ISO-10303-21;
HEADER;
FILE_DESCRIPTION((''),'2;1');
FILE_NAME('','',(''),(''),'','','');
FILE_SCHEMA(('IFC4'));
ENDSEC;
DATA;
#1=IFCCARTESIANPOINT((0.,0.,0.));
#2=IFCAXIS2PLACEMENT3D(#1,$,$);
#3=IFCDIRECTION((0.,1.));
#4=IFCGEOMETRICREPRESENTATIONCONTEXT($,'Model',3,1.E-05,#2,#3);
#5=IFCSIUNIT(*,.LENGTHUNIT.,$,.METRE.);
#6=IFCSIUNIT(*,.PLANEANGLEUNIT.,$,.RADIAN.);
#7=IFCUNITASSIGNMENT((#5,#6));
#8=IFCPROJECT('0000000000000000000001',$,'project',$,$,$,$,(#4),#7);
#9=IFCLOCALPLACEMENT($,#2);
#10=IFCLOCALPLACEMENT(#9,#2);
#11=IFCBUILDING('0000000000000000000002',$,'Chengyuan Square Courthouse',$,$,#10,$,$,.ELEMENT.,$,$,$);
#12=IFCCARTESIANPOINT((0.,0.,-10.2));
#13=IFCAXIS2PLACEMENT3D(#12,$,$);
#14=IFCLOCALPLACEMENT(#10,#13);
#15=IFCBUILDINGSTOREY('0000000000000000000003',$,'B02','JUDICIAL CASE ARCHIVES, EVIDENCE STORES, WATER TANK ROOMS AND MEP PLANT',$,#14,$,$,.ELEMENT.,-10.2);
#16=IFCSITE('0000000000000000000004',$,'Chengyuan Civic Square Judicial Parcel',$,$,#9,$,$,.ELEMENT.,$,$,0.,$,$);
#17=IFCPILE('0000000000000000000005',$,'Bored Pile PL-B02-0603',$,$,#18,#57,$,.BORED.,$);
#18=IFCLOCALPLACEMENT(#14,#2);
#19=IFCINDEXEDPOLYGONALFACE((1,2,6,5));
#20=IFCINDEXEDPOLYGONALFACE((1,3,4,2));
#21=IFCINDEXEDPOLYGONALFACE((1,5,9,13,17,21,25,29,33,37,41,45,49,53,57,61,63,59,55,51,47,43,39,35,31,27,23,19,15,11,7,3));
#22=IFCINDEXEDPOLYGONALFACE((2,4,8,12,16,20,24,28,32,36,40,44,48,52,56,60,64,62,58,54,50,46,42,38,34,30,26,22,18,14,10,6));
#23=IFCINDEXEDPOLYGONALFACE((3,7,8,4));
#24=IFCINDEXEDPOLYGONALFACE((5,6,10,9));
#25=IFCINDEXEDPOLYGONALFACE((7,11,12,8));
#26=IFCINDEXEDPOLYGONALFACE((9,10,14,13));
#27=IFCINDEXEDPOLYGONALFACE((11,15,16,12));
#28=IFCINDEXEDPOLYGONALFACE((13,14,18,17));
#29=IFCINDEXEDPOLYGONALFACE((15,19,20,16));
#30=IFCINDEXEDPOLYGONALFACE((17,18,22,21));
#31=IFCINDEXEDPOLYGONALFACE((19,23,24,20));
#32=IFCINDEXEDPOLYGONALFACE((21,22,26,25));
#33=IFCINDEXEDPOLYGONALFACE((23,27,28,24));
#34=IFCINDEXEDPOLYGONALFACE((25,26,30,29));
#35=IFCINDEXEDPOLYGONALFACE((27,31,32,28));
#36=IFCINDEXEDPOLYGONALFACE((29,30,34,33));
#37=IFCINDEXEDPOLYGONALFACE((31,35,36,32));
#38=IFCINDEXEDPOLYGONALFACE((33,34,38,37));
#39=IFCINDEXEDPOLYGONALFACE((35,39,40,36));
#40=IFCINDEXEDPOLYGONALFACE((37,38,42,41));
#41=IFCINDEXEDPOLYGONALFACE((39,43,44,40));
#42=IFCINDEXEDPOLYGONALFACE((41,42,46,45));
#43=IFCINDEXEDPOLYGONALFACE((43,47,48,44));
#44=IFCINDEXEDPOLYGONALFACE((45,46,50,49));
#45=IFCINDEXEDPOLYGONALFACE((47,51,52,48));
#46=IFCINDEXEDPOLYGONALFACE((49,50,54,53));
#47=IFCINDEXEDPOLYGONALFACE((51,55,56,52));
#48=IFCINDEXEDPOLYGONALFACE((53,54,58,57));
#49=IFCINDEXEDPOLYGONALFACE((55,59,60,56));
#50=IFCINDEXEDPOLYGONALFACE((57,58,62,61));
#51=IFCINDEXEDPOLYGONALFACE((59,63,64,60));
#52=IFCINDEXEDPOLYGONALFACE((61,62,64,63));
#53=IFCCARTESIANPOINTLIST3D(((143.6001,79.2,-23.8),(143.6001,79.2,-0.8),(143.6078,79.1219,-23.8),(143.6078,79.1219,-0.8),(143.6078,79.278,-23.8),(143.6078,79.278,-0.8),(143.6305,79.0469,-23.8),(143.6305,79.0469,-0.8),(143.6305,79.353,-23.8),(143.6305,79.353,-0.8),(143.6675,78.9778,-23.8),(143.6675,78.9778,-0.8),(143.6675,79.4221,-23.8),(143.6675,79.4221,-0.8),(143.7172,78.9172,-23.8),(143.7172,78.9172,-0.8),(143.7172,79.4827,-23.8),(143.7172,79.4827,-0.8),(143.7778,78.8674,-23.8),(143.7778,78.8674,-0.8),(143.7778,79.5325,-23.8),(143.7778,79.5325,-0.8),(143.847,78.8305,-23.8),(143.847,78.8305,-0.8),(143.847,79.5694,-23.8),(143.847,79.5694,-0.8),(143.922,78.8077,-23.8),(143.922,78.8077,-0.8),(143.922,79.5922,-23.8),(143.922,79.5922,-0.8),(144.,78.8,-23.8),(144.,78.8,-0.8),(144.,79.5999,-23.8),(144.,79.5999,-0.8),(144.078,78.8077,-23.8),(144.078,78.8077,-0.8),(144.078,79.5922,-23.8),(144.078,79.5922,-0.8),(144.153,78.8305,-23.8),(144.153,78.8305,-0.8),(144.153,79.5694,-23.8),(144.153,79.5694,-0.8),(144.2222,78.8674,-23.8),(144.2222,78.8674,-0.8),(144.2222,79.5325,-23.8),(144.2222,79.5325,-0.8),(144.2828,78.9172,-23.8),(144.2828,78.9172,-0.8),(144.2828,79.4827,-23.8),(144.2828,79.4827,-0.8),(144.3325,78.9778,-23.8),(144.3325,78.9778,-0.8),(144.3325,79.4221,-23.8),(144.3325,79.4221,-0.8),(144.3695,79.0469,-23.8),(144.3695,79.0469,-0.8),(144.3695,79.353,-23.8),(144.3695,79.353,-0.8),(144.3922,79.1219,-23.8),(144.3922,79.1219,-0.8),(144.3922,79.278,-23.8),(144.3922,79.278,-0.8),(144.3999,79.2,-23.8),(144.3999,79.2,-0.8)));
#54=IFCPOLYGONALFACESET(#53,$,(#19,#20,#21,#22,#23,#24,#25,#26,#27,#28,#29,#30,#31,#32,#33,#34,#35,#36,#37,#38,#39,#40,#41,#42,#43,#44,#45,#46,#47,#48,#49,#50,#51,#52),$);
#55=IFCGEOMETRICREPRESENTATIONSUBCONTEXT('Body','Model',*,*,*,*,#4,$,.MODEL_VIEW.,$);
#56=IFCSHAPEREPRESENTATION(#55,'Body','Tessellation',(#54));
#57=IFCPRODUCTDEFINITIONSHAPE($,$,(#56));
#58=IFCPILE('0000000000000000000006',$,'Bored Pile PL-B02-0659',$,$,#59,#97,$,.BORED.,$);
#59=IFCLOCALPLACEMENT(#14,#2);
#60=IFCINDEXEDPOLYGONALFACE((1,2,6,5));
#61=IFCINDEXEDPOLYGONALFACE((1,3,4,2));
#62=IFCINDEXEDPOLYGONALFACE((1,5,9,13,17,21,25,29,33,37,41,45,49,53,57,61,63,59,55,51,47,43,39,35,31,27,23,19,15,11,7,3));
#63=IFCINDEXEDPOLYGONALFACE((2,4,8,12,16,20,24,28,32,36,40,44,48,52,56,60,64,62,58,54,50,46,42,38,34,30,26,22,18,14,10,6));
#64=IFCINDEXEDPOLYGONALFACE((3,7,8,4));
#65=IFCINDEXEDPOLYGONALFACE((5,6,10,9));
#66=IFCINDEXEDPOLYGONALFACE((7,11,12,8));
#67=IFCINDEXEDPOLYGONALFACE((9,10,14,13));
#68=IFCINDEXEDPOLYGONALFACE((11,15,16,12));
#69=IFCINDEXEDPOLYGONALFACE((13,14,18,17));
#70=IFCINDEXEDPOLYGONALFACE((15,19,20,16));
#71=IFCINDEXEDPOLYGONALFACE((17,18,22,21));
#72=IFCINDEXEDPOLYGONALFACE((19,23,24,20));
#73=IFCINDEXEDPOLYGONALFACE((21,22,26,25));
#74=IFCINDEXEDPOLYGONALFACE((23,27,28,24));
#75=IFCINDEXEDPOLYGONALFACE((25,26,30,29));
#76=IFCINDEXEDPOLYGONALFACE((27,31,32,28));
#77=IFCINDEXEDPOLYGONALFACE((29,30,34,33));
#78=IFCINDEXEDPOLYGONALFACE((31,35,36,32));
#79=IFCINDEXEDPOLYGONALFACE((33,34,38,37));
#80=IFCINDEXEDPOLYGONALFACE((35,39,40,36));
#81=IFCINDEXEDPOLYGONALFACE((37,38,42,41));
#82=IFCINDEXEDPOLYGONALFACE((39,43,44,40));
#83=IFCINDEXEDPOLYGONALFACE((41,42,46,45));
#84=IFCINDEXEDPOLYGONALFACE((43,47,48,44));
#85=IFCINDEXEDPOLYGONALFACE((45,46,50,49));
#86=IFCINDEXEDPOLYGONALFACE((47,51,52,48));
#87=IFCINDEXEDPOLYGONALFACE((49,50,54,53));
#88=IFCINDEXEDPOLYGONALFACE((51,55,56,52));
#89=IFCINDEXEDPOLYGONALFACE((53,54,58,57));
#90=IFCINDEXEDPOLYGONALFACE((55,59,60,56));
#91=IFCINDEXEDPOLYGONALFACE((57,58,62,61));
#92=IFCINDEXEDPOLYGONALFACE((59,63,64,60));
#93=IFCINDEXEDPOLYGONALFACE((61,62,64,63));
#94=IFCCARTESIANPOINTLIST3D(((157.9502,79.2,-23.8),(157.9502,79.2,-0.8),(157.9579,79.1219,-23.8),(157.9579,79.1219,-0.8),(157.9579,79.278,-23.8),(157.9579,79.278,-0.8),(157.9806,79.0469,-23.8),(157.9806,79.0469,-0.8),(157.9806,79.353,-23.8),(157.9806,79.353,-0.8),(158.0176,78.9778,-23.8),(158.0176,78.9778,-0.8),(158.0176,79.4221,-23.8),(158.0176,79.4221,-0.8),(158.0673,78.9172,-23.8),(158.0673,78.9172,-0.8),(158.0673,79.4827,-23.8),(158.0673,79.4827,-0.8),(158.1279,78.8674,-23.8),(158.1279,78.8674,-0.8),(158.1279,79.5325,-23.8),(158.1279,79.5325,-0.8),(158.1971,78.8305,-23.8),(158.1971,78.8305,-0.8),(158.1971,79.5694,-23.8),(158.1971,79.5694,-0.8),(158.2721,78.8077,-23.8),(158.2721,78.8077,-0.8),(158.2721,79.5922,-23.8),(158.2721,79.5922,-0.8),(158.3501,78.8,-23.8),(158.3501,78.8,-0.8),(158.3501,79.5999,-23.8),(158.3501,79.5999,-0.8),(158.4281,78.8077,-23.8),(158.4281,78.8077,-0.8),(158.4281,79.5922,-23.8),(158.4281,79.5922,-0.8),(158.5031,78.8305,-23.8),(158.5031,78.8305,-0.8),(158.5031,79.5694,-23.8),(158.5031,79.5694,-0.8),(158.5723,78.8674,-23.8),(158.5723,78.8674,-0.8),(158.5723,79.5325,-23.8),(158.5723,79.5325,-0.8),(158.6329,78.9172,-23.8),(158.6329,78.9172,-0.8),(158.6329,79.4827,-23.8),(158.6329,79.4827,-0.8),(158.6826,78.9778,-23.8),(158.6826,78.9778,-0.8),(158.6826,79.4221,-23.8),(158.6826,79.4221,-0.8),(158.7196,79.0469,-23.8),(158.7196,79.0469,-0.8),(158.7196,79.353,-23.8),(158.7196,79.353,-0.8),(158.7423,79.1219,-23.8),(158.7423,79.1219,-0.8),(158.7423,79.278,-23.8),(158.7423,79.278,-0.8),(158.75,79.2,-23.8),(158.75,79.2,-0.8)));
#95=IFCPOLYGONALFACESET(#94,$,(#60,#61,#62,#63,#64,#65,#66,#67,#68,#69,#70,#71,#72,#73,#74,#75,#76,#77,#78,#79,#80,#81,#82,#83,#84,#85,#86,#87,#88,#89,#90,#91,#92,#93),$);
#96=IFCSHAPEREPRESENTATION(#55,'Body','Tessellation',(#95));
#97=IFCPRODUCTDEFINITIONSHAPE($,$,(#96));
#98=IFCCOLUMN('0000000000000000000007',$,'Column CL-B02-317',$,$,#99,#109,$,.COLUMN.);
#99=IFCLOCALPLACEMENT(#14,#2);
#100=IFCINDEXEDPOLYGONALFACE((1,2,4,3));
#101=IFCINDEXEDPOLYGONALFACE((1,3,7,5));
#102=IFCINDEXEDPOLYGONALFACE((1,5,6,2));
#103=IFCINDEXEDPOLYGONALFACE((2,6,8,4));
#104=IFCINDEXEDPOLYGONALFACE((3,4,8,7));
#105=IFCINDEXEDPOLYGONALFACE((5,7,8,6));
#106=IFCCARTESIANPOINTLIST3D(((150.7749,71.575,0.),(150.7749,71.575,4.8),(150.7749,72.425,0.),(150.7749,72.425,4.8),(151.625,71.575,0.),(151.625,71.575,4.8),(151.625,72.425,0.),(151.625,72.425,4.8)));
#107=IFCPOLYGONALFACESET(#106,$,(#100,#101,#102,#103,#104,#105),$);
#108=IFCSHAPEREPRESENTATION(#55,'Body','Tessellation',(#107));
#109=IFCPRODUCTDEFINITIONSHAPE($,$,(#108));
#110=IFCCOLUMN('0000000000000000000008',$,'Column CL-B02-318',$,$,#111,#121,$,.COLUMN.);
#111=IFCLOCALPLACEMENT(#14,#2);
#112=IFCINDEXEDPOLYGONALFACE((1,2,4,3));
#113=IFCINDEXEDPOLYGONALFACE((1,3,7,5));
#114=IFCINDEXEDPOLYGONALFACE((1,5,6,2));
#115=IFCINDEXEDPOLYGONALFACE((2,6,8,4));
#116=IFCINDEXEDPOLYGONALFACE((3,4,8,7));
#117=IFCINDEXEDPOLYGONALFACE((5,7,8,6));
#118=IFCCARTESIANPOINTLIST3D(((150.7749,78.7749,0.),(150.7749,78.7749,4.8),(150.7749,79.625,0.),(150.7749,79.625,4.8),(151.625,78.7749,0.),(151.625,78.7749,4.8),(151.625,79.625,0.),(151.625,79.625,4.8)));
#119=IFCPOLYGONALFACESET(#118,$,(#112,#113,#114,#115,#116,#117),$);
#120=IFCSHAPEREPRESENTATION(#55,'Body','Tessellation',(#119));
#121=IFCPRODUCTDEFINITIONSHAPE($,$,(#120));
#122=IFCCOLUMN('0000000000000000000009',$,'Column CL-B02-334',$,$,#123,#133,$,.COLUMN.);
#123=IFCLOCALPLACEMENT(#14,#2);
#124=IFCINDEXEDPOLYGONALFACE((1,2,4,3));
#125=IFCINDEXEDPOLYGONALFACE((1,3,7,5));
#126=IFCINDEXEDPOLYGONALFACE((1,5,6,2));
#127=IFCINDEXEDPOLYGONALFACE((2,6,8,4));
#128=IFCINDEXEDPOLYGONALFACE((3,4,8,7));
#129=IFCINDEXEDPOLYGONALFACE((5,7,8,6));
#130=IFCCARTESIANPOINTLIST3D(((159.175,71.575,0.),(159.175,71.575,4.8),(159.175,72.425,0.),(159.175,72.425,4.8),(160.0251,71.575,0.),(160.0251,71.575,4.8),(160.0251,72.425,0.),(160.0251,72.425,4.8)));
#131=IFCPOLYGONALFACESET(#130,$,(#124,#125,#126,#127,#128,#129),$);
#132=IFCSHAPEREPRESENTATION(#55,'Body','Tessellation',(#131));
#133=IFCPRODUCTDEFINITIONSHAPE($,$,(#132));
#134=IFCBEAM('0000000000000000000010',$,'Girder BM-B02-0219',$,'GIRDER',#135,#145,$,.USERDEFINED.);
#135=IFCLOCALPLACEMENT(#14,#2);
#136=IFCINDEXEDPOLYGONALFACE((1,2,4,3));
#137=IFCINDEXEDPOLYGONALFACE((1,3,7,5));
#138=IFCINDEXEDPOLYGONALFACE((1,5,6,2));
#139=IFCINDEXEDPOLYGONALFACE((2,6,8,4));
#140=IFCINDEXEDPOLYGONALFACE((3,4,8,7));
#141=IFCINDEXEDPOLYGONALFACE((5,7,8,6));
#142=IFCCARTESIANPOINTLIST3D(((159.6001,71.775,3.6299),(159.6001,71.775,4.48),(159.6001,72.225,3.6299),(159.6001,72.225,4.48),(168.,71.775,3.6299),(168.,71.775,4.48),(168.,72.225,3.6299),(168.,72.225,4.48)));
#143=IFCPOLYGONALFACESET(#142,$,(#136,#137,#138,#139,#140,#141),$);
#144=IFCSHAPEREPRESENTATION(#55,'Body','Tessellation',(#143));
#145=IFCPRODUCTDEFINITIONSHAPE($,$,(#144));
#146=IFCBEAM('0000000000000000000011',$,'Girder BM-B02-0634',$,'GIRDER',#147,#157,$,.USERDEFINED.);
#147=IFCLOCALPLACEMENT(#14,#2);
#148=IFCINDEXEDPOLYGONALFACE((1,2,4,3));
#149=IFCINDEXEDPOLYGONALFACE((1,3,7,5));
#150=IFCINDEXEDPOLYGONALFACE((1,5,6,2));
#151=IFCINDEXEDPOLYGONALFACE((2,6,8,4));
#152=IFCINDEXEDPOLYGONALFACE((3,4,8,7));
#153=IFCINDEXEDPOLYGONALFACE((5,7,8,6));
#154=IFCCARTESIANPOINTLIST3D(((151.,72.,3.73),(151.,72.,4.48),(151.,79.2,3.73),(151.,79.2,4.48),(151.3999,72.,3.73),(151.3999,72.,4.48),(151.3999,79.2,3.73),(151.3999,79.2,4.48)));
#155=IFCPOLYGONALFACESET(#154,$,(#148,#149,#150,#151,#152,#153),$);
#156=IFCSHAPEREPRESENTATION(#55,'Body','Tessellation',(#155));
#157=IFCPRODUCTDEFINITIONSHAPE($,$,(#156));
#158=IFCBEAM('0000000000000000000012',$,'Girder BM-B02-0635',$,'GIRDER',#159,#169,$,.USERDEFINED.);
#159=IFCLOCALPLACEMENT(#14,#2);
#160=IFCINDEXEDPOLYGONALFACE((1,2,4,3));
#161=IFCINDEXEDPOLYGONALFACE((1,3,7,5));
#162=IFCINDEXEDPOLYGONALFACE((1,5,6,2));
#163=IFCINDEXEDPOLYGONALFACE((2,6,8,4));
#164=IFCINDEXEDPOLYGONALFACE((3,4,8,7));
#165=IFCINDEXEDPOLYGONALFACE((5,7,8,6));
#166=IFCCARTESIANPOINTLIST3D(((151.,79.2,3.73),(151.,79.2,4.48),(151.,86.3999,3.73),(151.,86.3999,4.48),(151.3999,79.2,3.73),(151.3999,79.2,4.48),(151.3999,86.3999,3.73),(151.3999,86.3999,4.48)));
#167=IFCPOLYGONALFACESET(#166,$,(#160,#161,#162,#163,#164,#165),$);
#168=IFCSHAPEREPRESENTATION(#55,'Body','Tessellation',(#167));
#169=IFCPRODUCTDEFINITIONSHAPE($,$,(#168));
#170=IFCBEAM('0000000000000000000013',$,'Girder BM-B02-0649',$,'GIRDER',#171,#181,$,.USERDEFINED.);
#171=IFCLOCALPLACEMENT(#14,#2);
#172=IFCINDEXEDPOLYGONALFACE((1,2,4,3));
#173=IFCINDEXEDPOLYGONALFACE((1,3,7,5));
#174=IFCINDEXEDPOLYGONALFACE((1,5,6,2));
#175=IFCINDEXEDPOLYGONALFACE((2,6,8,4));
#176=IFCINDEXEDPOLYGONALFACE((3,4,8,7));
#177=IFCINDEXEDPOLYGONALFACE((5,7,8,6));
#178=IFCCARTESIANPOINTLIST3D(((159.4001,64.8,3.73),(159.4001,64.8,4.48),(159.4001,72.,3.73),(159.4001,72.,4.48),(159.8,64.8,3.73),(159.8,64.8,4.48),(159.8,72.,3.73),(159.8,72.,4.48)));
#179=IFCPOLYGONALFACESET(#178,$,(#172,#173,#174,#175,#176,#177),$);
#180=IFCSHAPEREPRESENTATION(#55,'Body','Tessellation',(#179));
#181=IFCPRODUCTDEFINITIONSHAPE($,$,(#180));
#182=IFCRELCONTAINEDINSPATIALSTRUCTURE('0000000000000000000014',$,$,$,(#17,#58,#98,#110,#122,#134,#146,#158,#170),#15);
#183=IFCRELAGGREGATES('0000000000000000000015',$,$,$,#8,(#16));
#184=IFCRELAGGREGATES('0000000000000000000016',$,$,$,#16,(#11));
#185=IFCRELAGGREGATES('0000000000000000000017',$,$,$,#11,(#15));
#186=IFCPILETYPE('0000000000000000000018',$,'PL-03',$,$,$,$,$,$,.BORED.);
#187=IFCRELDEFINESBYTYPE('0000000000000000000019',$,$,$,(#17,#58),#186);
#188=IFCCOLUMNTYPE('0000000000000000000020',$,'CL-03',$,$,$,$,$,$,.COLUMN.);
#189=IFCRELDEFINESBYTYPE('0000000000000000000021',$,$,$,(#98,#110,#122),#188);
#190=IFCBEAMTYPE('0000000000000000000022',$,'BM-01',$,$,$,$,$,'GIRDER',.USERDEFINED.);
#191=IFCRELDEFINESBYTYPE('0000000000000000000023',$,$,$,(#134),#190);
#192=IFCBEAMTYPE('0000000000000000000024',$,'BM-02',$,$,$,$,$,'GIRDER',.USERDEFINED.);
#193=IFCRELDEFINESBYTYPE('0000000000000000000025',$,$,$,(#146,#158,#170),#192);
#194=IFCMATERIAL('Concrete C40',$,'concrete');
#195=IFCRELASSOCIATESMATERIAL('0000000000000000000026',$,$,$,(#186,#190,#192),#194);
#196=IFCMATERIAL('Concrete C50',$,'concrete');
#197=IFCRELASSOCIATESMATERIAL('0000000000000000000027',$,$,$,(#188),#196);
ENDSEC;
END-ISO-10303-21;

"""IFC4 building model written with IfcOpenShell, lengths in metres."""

from ifc_helpers import new_model, si_unit, direction, frame, origin, origin_2d, place, context, subcontext, project, spatial, rectangle, circle, extrude, material, material_profile, profile_set, type_object, element, save


model = new_model("IFC4")

# Units and contexts
model_context = context("Model", 3, precision=1e-05, world=origin(), true_north=direction((0.0, 1.0)))
body_context = subcontext(model_context, "Body", "Model", "MODEL_VIEW")
ifc_project = project(units=[si_unit("LENGTHUNIT", "METRE"), si_unit("PLANEANGLEUNIT", "RADIAN")], contexts=[model_context])

# Site, building, storey
site_placement = place(None, origin())
site = spatial("IfcSite", under=ifc_project, at=site_placement, Name="Chengyuan Civic Square Judicial Parcel", CompositionType="ELEMENT", RefElevation=0.0)
building_placement = place(site_placement, origin())
building = spatial("IfcBuilding", under=site, at=building_placement, Name="Chengyuan Square Courthouse", CompositionType="ELEMENT")
storey_placement = place(building_placement, frame((0.0, 0.0, -10.2)))
storey = spatial("IfcBuildingStorey", under=building, at=storey_placement, Name="B02", Description="JUDICIAL CASE ARCHIVES, EVIDENCE STORES, WATER TANK ROOMS AND MEP PLANT", CompositionType="ELEMENT", Elevation=-10.2)

# Shared definitions
ifc_material_1 = material(Name="Concrete C40", Category="concrete")

# Piles
ifc_material_profile_1 = material_profile(ifc_material_1, circle(Radius=0.3999, at=origin_2d()), Name="BORED PILE D800")
ifc_profile_set_1 = profile_set([ifc_material_profile_1], Name="Concrete C40")
pile_type_1 = type_object("IfcPileType", Name="PL-03", PredefinedType="BORED", material=ifc_profile_set_1)
for number, where, z_axis, x_axis, name in (
    (1, (144.0, 79.2, -0.8), (0.0, 0.0, -1.0), (1.0, 0.0, 0.0), "Bored Pile PL-B02-0603"),
    (2, (158.3501, 79.2, -0.8), (0.0, 0.0, -1.0), (1.0, 0.0, 0.0), "Bored Pile PL-B02-0659"),
):
    element("IfcPile", number, at=place(storey_placement, frame(where, z_axis=z_axis, x_axis=x_axis)), inside=storey, type_object=pile_type_1, Name=name, PredefinedType="BORED", context=body_context, shape_type="SweptSolid", body=[
        extrude(circle(Radius=0.3999, at=origin_2d()), origin(), (0.0, 0.0, 1.0), 23.0),
    ])

# Columns
ifc_material_2 = material(Name="Concrete C50", Category="concrete")
ifc_material_profile_2 = material_profile(ifc_material_2, rectangle(XDim=0.8501, YDim=0.8501, at=origin_2d()), Name="RC-COL-850x850")
ifc_profile_set_2 = profile_set([ifc_material_profile_2], Name="Concrete C50")
column_type = type_object("IfcColumnType", Name="CL-03", PredefinedType="COLUMN", material=ifc_profile_set_2)
for number, where, z_axis, x_axis, name in (
    (3, (151.2, 72.0, 0.0), (0.0, 0.0, 1.0), (1.0, 0.0, 0.0), "Column CL-B02-317"),
    (4, (151.2, 79.2, 0.0), (0.0, 0.0, 1.0), (1.0, 0.0, 0.0), "Column CL-B02-318"),
    (5, (159.6001, 72.0, 0.0), (0.0, 0.0, 1.0), (1.0, 0.0, 0.0), "Column CL-B02-334"),
):
    element("IfcColumn", number, at=place(storey_placement, frame(where, z_axis=z_axis, x_axis=x_axis)), inside=storey, type_object=column_type, Name=name, PredefinedType="COLUMN", context=body_context, shape_type="SweptSolid", body=[
        extrude(rectangle(XDim=0.8501, YDim=0.8501, at=origin_2d()), origin(), (0.0, 0.0, 1.0), 4.8),
    ])

# Beams
ifc_material_profile_3 = material_profile(ifc_material_1, rectangle(XDim=0.45, YDim=0.8501, at=origin_2d()), Name="RC-BM-450x850")
ifc_profile_set_3 = profile_set([ifc_material_profile_3], Name="Concrete C40")
beam_type_1 = type_object("IfcBeamType", Name="BM-01", ElementType="GIRDER", PredefinedType="USERDEFINED", material=ifc_profile_set_3)
beam_placement = place(storey_placement, frame((159.6001, 72.0, 4.0549), z_axis=(1.0, 0.0, 0.0), x_axis=(0.0, 1.0, 0.0)))
element("IfcBeam", 6, at=beam_placement, inside=storey, type_object=beam_type_1, Name="Girder BM-B02-0219", ObjectType="GIRDER", PredefinedType="USERDEFINED", context=body_context, shape_type="SweptSolid", body=[
    extrude(rectangle(XDim=0.45, YDim=0.8501, at=origin_2d()), origin(), (0.0, 0.0, 1.0), 8.3999),
])
ifc_material_profile_4 = material_profile(ifc_material_1, rectangle(XDim=0.3999, YDim=0.75, at=origin_2d()), Name="RC-BM-400x750")
ifc_profile_set_4 = profile_set([ifc_material_profile_4], Name="Concrete C40")
beam_type_2 = type_object("IfcBeamType", Name="BM-02", ElementType="GIRDER", PredefinedType="USERDEFINED", material=ifc_profile_set_4)
for number, where, z_axis, x_axis, name in (
    (7, (151.2, 72.0, 4.105), (0.0, 1.0, 0.0), (-1.0, 0.0, 0.0), "Girder BM-B02-0634"),
    (8, (151.2, 79.2, 4.105), (0.0, 1.0, 0.0), (-1.0, 0.0, 0.0), "Girder BM-B02-0635"),
    (9, (159.6001, 64.8, 4.105), (0.0, 1.0, 0.0), (-1.0, 0.0, 0.0), "Girder BM-B02-0649"),
):
    element("IfcBeam", number, at=place(storey_placement, frame(where, z_axis=z_axis, x_axis=x_axis)), inside=storey, type_object=beam_type_2, Name=name, ObjectType="GIRDER", PredefinedType="USERDEFINED", context=body_context, shape_type="SweptSolid", body=[
        extrude(rectangle(XDim=0.3999, YDim=0.75, at=origin_2d()), origin(), (0.0, 0.0, 1.0), 7.2),
    ])

save(model, "model.ifc")
